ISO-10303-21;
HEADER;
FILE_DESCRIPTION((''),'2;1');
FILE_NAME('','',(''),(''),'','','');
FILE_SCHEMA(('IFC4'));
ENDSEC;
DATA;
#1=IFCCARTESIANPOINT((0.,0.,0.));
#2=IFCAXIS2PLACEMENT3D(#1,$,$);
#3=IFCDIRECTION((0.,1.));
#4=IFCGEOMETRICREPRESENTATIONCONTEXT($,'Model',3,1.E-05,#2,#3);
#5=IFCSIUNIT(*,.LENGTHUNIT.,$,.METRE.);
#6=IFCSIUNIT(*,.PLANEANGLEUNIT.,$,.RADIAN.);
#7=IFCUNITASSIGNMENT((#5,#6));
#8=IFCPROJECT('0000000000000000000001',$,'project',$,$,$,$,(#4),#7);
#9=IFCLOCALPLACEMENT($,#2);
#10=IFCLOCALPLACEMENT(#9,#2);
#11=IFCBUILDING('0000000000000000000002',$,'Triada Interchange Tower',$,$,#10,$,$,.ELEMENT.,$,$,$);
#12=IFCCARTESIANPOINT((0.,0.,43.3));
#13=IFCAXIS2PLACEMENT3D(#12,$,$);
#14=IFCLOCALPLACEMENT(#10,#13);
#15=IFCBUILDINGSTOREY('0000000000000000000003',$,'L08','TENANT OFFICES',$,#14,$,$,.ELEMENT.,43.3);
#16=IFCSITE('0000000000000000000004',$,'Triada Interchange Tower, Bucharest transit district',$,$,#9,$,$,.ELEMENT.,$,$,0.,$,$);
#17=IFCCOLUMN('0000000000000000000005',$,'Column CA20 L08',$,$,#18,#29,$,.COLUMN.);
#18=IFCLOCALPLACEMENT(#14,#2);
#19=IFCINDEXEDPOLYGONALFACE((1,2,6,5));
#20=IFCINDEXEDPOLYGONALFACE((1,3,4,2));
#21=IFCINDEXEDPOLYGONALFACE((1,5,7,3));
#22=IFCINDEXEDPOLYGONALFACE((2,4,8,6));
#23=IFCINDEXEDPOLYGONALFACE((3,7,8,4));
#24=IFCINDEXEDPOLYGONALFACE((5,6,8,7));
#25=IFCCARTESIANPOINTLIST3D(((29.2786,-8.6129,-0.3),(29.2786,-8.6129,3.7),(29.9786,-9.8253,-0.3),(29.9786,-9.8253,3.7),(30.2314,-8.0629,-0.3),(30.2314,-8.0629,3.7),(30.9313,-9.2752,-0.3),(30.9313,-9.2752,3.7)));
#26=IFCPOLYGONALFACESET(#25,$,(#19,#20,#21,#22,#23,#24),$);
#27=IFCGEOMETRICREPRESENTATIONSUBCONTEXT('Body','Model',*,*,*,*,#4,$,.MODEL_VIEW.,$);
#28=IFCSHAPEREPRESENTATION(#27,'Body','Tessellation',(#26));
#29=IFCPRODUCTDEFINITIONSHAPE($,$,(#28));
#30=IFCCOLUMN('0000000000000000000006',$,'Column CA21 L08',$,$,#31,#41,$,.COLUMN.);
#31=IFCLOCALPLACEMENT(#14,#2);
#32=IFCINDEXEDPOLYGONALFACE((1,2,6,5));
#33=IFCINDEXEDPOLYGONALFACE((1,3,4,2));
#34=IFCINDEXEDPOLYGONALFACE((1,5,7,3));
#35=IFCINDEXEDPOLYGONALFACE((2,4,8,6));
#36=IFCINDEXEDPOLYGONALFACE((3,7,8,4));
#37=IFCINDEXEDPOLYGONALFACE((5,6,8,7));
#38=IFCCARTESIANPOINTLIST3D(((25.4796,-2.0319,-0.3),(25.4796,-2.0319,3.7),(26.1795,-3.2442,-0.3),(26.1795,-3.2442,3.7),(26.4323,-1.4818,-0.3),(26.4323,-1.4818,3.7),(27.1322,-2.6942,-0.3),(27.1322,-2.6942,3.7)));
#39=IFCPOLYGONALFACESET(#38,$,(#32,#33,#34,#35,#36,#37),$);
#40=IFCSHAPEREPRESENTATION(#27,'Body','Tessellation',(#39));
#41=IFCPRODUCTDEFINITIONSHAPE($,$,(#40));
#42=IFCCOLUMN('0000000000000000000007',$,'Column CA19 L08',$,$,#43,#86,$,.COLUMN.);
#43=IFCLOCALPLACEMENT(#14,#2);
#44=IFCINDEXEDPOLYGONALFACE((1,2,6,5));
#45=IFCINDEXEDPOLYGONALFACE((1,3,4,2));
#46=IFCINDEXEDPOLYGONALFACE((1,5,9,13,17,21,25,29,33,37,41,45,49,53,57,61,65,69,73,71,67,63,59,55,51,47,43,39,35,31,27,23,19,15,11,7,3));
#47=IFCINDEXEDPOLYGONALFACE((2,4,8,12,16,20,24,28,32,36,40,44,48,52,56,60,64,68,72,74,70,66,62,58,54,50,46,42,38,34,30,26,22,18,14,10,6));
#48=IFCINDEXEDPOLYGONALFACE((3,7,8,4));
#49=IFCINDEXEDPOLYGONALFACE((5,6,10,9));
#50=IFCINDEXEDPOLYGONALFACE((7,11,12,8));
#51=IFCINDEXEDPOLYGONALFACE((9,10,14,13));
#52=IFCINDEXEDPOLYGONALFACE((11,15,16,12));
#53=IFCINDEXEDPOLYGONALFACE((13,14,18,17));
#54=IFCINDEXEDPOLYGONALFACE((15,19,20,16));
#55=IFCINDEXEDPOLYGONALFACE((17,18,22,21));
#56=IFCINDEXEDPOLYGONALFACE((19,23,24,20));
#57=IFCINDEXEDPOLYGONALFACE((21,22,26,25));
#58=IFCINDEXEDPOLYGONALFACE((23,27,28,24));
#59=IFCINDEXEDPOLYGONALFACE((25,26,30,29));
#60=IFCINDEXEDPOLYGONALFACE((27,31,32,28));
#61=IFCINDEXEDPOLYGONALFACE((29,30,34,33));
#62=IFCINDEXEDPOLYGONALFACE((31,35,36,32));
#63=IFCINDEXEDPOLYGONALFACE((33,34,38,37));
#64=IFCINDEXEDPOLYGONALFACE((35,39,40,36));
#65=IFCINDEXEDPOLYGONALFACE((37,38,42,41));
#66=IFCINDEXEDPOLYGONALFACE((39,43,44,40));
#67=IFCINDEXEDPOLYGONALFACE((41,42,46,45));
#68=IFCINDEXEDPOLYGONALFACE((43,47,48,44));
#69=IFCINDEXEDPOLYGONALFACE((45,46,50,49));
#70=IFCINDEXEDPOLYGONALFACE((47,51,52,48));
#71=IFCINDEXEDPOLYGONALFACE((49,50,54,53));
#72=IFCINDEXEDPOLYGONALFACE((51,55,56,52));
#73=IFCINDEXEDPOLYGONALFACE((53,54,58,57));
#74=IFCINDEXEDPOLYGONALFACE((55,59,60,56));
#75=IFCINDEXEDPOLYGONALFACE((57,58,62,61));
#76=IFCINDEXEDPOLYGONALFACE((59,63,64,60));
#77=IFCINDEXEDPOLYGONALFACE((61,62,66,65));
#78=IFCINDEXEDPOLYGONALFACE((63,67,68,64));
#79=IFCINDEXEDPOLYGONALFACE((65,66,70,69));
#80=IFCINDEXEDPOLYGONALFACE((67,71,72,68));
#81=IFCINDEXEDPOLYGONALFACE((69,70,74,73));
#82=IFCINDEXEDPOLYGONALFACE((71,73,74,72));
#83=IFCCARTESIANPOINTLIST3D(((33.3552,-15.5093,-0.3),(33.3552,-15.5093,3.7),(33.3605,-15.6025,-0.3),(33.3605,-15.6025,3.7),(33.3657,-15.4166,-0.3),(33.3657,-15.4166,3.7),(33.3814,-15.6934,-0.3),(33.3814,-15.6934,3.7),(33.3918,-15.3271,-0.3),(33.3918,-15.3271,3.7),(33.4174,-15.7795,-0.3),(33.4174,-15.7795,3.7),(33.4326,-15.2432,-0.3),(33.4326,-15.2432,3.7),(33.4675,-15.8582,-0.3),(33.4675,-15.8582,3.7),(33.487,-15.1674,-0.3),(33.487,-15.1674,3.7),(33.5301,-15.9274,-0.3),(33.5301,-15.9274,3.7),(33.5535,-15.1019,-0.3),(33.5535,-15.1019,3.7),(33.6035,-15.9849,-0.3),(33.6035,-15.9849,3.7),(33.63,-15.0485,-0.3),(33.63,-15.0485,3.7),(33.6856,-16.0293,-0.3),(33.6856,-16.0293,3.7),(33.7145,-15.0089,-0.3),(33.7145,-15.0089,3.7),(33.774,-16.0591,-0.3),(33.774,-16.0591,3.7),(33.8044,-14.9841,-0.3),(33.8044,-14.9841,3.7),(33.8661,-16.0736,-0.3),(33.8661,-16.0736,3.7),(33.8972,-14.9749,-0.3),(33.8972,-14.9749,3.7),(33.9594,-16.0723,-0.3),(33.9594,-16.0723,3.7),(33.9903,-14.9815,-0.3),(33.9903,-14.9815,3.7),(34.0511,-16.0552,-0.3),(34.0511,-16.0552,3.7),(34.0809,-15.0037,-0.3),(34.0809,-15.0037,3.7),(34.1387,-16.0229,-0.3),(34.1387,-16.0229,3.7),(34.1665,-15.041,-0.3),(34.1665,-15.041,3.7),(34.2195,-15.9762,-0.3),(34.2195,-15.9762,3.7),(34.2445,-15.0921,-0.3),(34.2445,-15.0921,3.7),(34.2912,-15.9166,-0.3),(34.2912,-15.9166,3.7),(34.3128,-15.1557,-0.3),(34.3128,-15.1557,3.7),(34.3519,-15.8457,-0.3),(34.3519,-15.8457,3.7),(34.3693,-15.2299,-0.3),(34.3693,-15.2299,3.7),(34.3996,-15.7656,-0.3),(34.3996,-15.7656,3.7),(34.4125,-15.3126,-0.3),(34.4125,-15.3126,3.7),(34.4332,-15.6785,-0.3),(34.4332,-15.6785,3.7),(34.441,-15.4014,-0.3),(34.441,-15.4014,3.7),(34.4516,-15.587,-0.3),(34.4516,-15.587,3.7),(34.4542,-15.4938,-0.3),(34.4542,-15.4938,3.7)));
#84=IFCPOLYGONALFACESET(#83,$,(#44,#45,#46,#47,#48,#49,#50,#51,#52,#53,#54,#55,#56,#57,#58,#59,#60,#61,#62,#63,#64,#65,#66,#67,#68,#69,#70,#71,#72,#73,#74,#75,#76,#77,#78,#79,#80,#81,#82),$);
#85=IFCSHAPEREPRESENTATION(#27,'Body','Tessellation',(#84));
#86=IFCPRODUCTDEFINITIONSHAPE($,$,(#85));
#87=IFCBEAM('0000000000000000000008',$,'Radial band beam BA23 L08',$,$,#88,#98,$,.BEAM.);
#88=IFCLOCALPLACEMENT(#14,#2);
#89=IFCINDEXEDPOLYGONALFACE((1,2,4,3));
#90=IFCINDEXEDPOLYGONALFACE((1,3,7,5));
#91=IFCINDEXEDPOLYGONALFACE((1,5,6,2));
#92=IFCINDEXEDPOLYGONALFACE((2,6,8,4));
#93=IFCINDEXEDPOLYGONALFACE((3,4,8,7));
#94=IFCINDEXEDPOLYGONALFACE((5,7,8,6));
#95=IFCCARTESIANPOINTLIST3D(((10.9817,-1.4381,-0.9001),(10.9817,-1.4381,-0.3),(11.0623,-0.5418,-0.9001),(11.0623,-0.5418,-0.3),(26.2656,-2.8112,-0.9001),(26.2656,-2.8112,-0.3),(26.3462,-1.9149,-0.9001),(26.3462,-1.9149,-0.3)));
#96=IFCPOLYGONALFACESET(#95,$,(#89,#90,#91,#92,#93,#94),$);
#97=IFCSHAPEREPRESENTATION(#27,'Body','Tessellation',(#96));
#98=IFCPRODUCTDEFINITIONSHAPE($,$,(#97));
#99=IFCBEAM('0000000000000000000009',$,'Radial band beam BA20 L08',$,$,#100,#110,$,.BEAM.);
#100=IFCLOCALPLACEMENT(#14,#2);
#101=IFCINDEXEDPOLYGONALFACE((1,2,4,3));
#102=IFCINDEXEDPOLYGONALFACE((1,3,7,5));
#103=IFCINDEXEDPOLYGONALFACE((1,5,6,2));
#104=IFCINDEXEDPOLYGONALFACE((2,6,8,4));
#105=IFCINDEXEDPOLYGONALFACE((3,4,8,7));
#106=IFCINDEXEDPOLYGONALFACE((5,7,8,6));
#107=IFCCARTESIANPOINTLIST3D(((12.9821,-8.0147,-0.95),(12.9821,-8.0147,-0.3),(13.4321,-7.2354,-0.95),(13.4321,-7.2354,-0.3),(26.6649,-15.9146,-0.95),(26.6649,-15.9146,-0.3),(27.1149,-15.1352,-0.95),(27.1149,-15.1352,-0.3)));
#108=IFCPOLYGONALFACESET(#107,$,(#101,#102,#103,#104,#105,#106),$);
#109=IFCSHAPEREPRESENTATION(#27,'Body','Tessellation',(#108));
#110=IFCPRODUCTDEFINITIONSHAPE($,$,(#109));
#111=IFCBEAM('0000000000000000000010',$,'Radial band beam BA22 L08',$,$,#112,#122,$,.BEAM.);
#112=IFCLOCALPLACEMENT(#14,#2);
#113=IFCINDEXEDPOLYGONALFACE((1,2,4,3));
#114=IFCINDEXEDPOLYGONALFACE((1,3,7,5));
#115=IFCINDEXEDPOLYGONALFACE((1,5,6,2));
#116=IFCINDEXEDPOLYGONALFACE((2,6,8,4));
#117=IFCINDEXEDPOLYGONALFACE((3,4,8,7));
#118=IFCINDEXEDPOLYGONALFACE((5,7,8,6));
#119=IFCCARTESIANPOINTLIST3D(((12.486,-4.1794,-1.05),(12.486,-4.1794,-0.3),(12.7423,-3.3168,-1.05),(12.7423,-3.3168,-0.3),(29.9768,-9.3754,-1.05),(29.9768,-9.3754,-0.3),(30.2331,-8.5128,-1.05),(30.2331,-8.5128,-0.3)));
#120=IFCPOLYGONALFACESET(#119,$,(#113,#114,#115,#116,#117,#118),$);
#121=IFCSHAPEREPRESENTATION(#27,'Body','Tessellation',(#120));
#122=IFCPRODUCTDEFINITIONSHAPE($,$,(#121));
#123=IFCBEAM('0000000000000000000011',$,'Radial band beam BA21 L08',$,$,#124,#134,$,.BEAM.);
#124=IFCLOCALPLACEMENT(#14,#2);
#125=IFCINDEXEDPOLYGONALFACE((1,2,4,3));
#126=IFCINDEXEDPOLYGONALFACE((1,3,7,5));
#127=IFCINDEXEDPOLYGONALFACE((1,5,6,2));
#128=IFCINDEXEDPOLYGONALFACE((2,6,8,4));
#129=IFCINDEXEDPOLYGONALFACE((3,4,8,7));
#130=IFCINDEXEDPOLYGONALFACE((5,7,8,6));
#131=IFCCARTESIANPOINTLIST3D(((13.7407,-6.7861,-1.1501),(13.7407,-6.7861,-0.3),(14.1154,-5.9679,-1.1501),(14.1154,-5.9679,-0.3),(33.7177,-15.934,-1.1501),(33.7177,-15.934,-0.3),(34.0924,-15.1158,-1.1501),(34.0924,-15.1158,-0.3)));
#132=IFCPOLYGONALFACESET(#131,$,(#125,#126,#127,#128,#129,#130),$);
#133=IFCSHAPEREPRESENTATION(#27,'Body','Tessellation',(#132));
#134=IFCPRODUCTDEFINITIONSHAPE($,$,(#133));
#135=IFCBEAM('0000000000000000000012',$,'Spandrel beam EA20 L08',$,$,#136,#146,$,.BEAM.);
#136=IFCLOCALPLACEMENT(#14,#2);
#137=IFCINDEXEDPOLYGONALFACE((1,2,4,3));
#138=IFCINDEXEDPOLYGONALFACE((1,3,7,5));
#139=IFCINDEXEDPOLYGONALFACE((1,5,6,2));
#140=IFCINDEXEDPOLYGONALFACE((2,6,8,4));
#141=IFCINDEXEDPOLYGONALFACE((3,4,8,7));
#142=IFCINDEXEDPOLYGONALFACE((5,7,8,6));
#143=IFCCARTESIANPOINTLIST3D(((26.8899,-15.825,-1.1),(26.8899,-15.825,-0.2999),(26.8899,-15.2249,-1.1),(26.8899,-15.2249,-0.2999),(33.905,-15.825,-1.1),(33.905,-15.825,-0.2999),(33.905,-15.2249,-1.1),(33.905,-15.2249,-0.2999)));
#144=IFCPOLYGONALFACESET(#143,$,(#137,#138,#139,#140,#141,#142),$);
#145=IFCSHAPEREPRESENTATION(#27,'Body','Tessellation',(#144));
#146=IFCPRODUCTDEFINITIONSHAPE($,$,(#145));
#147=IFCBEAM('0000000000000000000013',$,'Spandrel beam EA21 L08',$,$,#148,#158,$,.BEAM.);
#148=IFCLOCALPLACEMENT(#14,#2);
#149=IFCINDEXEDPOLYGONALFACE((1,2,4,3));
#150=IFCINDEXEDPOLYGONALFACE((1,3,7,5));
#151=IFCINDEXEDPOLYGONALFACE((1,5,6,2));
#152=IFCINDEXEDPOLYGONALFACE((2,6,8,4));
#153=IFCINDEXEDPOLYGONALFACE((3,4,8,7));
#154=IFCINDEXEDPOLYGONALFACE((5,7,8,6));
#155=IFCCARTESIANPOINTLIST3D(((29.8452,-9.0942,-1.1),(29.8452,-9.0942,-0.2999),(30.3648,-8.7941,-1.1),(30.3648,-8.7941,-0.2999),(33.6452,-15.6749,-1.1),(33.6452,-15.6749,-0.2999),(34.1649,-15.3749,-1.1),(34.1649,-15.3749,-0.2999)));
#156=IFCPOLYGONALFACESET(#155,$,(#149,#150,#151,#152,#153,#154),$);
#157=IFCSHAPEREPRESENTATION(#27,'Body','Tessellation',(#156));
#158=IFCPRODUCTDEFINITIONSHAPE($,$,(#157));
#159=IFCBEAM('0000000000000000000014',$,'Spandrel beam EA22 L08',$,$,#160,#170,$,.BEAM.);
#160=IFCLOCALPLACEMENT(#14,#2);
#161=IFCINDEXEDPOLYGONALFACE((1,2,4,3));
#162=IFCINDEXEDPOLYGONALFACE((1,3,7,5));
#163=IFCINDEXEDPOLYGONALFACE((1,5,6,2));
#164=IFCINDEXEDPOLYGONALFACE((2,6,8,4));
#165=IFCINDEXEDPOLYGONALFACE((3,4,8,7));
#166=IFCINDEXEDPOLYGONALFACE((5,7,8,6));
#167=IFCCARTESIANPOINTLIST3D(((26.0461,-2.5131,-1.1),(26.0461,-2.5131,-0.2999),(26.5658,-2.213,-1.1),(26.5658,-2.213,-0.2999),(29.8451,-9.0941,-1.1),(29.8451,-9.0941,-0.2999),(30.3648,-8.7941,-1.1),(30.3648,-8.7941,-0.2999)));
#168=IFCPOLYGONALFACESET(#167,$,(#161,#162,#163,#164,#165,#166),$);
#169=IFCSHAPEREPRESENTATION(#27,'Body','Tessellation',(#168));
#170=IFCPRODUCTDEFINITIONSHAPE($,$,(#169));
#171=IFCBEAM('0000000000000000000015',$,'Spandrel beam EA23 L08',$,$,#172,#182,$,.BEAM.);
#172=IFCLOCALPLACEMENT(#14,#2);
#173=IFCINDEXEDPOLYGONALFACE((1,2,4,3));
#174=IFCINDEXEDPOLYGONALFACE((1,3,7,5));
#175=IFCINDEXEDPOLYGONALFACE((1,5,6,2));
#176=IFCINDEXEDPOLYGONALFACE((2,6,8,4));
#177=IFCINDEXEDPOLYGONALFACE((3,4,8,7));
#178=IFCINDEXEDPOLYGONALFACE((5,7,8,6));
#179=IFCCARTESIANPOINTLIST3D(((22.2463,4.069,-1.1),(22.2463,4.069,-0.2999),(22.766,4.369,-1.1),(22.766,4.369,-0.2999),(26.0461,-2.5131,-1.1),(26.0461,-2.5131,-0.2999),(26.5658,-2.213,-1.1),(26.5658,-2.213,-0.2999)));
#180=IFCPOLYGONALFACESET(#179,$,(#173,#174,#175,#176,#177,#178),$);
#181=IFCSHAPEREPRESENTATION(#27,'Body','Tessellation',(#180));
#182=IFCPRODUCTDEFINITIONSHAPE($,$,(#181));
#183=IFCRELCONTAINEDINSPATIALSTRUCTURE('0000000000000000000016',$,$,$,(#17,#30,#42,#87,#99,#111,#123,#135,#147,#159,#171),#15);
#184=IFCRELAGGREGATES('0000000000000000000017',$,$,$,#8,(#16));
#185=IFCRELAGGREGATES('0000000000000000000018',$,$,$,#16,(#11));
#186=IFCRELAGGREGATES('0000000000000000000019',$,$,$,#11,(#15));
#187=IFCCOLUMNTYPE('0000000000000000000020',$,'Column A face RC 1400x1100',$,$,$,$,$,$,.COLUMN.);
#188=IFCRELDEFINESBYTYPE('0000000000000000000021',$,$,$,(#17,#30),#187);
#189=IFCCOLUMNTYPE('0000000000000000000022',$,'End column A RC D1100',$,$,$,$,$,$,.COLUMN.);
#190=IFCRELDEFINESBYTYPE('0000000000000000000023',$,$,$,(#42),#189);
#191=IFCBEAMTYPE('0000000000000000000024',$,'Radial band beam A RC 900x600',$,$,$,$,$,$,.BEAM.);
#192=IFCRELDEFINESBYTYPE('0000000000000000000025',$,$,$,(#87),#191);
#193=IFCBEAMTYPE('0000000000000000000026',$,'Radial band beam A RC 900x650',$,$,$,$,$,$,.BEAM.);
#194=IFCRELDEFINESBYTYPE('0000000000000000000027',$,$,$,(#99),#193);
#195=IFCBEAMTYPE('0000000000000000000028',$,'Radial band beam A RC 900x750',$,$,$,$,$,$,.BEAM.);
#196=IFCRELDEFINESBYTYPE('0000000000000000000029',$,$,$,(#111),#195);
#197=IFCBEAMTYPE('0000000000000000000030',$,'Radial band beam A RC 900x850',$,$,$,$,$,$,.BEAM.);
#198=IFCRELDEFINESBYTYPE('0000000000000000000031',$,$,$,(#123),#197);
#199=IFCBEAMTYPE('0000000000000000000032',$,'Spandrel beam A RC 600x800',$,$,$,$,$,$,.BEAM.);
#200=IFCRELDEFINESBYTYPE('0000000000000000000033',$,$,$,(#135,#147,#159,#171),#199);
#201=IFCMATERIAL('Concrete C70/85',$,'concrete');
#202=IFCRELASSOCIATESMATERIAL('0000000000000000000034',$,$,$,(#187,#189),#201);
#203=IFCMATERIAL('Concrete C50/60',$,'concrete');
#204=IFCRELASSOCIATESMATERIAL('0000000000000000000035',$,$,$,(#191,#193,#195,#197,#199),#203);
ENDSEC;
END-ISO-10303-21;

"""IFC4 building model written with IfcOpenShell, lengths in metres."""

from ifc_helpers import new_model, si_unit, direction, frame, origin, origin_2d, place, context, subcontext, project, spatial, rectangle, circle, extrude, material, material_profile, profile_set, type_object, element, save


model = new_model("IFC4")

# Units and contexts
model_context = context("Model", 3, precision=1e-05, world=origin(), true_north=direction((0.0, 1.0)))
body_context = subcontext(model_context, "Body", "Model", "MODEL_VIEW")
ifc_project = project(units=[si_unit("LENGTHUNIT", "METRE"), si_unit("PLANEANGLEUNIT", "RADIAN")], contexts=[model_context])

# Site, building, storey
site_placement = place(None, origin())
site = spatial("IfcSite", under=ifc_project, at=site_placement, Name="Triada Interchange Tower, Bucharest transit district", CompositionType="ELEMENT", RefElevation=0.0)
building_placement = place(site_placement, origin())
building = spatial("IfcBuilding", under=site, at=building_placement, Name="Triada Interchange Tower", CompositionType="ELEMENT")
storey_placement = place(building_placement, frame((0.0, 0.0, 43.3)))
storey = spatial("IfcBuildingStorey", under=building, at=storey_placement, Name="L08", Description="TENANT OFFICES", CompositionType="ELEMENT", Elevation=43.3)

# Columns
ifc_material_1 = material(Name="Concrete C70/85", Category="concrete")
ifc_material_profile_1 = material_profile(ifc_material_1, rectangle(XDim=1.3999, YDim=1.1001, at=origin_2d()), Name="RC 1400x1100")
ifc_profile_set_1 = profile_set([ifc_material_profile_1], Name="Concrete C70/85")
column_type_1 = type_object("IfcColumnType", Name="Column A face RC 1400x1100", PredefinedType="COLUMN", material=ifc_profile_set_1)
for number, where, z_axis, x_axis, name in (
    (1, (30.105, -8.9441, -0.3), (0.0, 0.0, 1.0), (-0.5, 0.866025, 0.0), "Column CA20 L08"),
    (2, (26.3059, -2.363, -0.3), (0.0, 0.0, 1.0), (-0.5, 0.866025, 0.0), "Column CA21 L08"),
):
    element("IfcColumn", number, at=place(storey_placement, frame(where, z_axis=z_axis, x_axis=x_axis)), inside=storey, type_object=column_type_1, Name=name, PredefinedType="COLUMN", context=body_context, shape_type="SweptSolid", body=[
        extrude(rectangle(XDim=1.3999, YDim=1.1001, at=origin_2d()), origin(), (0.0, 0.0, 1.0), 4.0),
    ])
ifc_material_profile_2 = material_profile(ifc_material_1, circle(Radius=0.55, at=origin_2d()), Name="RC D1100")
ifc_profile_set_2 = profile_set([ifc_material_profile_2], Name="Concrete C70/85")
column_type_2 = type_object("IfcColumnType", Name="End column A RC D1100", PredefinedType="COLUMN", material=ifc_profile_set_2)
column_placement = place(storey_placement, frame((33.905, -15.5249, -0.3), z_axis=(0.0, 0.0, 1.0), x_axis=(-0.5, 0.866025, 0.0)))
element("IfcColumn", 3, at=column_placement, inside=storey, type_object=column_type_2, Name="Column CA19 L08", PredefinedType="COLUMN", context=body_context, shape_type="SweptSolid", body=[
    extrude(circle(Radius=0.55, at=origin_2d()), origin(), (0.0, 0.0, 1.0), 4.0),
])

# Beams
ifc_material_2 = material(Name="Concrete C50/60", Category="concrete")
ifc_material_profile_3 = material_profile(ifc_material_2, rectangle(XDim=0.8999, YDim=0.6001, at=origin_2d()), Name="RC 900x600")
ifc_profile_set_3 = profile_set([ifc_material_profile_3], Name="Concrete C50/60")
beam_type_1 = type_object("IfcBeamType", Name="Radial band beam A RC 900x600", PredefinedType="BEAM", material=ifc_profile_set_3)
beam_1_placement = place(storey_placement, frame((26.3059, -2.363, -0.6001), z_axis=(-0.995989, 0.089476, 0.0), x_axis=(-0.089476, -0.995989, 0.0)))
element("IfcBeam", 4, at=beam_1_placement, inside=storey, type_object=beam_type_1, Name="Radial band beam BA23 L08", PredefinedType="BEAM", context=body_context, shape_type="SweptSolid", body=[
    extrude(rectangle(XDim=0.8999, YDim=0.6001, at=origin_2d()), origin(), (0.0, 0.0, 1.0), 15.3455),
])
ifc_material_profile_4 = material_profile(ifc_material_2, rectangle(XDim=0.8999, YDim=0.6499, at=origin_2d()), Name="RC 900x650")
ifc_profile_set_4 = profile_set([ifc_material_profile_4], Name="Concrete C50/60")
beam_type_2 = type_object("IfcBeamType", Name="Radial band beam A RC 900x650", PredefinedType="BEAM", material=ifc_profile_set_4)
beam_2_placement = place(storey_placement, frame((26.8899, -15.5249, -0.625), z_axis=(-0.866023, 0.500005, 0.0), x_axis=(-0.500005, -0.866023, 0.0)))
element("IfcBeam", 5, at=beam_2_placement, inside=storey, type_object=beam_type_2, Name="Radial band beam BA20 L08", PredefinedType="BEAM", context=body_context, shape_type="SweptSolid", body=[
    extrude(rectangle(XDim=0.8999, YDim=0.6499, at=origin_2d()), origin(), (0.0, 0.0, 1.0), 15.7996),
])
ifc_material_profile_5 = material_profile(ifc_material_2, rectangle(XDim=0.8999, YDim=0.75, at=origin_2d()), Name="RC 900x750")
ifc_profile_set_5 = profile_set([ifc_material_profile_5], Name="Concrete C50/60")
beam_type_3 = type_object("IfcBeamType", Name="Radial band beam A RC 900x750", PredefinedType="BEAM", material=ifc_profile_set_5)
beam_3_placement = place(storey_placement, frame((30.105, -8.9441, -0.675), z_axis=(-0.958596, 0.28477, 0.0), x_axis=(-0.28477, -0.958596, 0.0)))
element("IfcBeam", 6, at=beam_3_placement, inside=storey, type_object=beam_type_3, Name="Radial band beam BA22 L08", PredefinedType="BEAM", context=body_context, shape_type="SweptSolid", body=[
    extrude(rectangle(XDim=0.8999, YDim=0.75, at=origin_2d()), origin(), (0.0, 0.0, 1.0), 18.2463),
])
ifc_material_profile_6 = material_profile(ifc_material_2, rectangle(XDim=0.8999, YDim=0.8501, at=origin_2d()), Name="RC 900x850")
ifc_profile_set_6 = profile_set([ifc_material_profile_6], Name="Concrete C50/60")
beam_type_4 = type_object("IfcBeamType", Name="Radial band beam A RC 900x850", PredefinedType="BEAM", material=ifc_profile_set_6)
beam_4_placement = place(storey_placement, frame((33.905, -15.5249, -0.7251), z_axis=(-0.909206, 0.416346, 0.0), x_axis=(-0.416346, -0.909206, 0.0)))
element("IfcBeam", 7, at=beam_4_placement, inside=storey, type_object=beam_type_4, Name="Radial band beam BA21 L08", PredefinedType="BEAM", context=body_context, shape_type="SweptSolid", body=[
    extrude(rectangle(XDim=0.8999, YDim=0.8501, at=origin_2d()), origin(), (0.0, 0.0, 1.0), 21.9719),
])
ifc_material_profile_7 = material_profile(ifc_material_2, rectangle(XDim=0.6001, YDim=0.8, at=origin_2d()), Name="RC 600x800")
ifc_profile_set_7 = profile_set([ifc_material_profile_7], Name="Concrete C50/60")
beam_type_5 = type_object("IfcBeamType", Name="Spandrel beam A RC 600x800", PredefinedType="BEAM", material=ifc_profile_set_7)
beam_5_placement = place(storey_placement, frame((26.8899, -15.5249, -0.7), z_axis=(1.0, 0.0, 0.0), x_axis=(0.0, 1.0, 0.0)))
element("IfcBeam", 8, at=beam_5_placement, inside=storey, type_object=beam_type_5, Name="Spandrel beam EA20 L08", PredefinedType="BEAM", context=body_context, shape_type="SweptSolid", body=[
    extrude(rectangle(XDim=0.6001, YDim=0.8, at=origin_2d()), origin(), (0.0, 0.0, 1.0), 7.0151),
])
beam_6_placement = place(storey_placement, frame((33.905, -15.5249, -0.7), z_axis=(-0.500061, 0.86599, 0.0), x_axis=(-0.86599, -0.500061, 0.0)))
element("IfcBeam", 9, at=beam_6_placement, inside=storey, type_object=beam_type_5, Name="Spandrel beam EA21 L08", PredefinedType="BEAM", context=body_context, shape_type="SweptSolid", body=[
    extrude(rectangle(XDim=0.6001, YDim=0.8, at=origin_2d()), origin(), (0.0, 0.0, 1.0), 7.5991),
])
beam_7_placement = place(storey_placement, frame((30.105, -8.9441, -0.7), z_axis=(-0.499951, 0.866054, 0.0), x_axis=(-0.866054, -0.499951, 0.0)))
element("IfcBeam", 10, at=beam_7_placement, inside=storey, type_object=beam_type_5, Name="Spandrel beam EA22 L08", PredefinedType="BEAM", context=body_context, shape_type="SweptSolid", body=[
    extrude(rectangle(XDim=0.6001, YDim=0.8, at=origin_2d()), origin(), (0.0, 0.0, 1.0), 7.5989),
])
beam_8_placement = place(storey_placement, frame((26.3059, -2.363, -0.7), z_axis=(-0.499967, 0.866044, 0.0), x_axis=(-0.866044, -0.499967, 0.0)))
element("IfcBeam", 11, at=beam_8_placement, inside=storey, type_object=beam_type_5, Name="Spandrel beam EA23 L08", PredefinedType="BEAM", context=body_context, shape_type="SweptSolid", body=[
    extrude(rectangle(XDim=0.6001, YDim=0.8, at=origin_2d()), origin(), (0.0, 0.0, 1.0), 7.6001),
])

save(model, "model.ifc")
